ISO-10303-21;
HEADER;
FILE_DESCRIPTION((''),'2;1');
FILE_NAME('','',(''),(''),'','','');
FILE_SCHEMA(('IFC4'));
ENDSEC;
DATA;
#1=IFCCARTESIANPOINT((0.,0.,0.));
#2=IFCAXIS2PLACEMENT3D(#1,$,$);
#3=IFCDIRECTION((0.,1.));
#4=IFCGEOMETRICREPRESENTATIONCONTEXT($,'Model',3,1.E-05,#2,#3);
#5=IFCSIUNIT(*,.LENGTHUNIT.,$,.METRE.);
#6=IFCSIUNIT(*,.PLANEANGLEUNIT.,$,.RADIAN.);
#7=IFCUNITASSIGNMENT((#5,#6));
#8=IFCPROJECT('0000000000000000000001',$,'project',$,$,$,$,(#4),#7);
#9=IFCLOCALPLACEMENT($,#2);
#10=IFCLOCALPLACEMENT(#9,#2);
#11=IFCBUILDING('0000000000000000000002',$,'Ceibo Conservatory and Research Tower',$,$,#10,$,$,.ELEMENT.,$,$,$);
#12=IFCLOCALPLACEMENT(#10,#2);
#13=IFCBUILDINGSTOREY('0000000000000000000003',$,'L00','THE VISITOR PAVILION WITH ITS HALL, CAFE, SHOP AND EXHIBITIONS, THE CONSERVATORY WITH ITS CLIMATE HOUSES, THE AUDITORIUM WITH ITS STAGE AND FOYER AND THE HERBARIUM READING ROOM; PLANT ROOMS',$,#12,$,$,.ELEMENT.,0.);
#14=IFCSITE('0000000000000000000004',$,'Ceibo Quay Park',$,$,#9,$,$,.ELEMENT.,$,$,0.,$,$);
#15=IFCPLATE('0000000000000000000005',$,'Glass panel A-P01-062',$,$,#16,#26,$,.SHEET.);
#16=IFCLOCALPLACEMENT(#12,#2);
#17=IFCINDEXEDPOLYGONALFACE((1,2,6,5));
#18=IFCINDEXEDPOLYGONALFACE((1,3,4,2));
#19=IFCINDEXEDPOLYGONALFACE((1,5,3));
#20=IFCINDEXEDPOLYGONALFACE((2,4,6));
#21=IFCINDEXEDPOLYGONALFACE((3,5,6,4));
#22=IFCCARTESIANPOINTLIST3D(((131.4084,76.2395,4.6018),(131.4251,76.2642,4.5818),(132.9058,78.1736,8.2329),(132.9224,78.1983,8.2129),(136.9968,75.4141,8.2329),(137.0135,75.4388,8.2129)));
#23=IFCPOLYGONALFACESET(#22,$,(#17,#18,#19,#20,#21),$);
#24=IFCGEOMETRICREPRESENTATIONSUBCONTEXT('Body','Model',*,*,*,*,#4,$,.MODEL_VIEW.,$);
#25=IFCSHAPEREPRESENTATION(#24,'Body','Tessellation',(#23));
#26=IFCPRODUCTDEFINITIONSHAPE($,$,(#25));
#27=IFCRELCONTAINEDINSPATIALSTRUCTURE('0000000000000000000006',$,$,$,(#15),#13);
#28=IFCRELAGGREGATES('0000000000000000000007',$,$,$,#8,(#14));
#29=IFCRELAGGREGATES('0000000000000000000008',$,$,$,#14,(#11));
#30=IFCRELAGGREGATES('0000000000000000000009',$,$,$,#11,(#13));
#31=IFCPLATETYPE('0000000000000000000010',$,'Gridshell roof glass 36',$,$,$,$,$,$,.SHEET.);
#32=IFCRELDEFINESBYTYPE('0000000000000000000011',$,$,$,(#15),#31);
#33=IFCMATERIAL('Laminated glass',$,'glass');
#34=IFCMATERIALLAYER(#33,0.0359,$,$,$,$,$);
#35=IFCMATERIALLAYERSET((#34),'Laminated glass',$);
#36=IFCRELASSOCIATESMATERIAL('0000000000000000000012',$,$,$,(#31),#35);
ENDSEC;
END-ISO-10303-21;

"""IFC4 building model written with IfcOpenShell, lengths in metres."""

from ifc_helpers import new_model, si_unit, direction, frame, origin, place, context, subcontext, project, spatial, polyline, outline, extrude, material, layer, layer_set, type_object, element, save


model = new_model("IFC4")

# Units and contexts
model_context = context("Model", 3, precision=1e-05, world=origin(), true_north=direction((0.0, 1.0)))
body_context = subcontext(model_context, "Body", "Model", "MODEL_VIEW")
ifc_project = project(units=[si_unit("LENGTHUNIT", "METRE"), si_unit("PLANEANGLEUNIT", "RADIAN")], contexts=[model_context])

# Site, building, storey
site_placement = place(None, origin())
site = spatial("IfcSite", under=ifc_project, at=site_placement, Name="Ceibo Quay Park", CompositionType="ELEMENT", RefElevation=0.0)
building_placement = place(site_placement, origin())
building = spatial("IfcBuilding", under=site, at=building_placement, Name="Ceibo Conservatory and Research Tower", CompositionType="ELEMENT")
storey_placement = place(building_placement, origin())
storey = spatial("IfcBuildingStorey", under=building, at=storey_placement, Name="L00", Description="THE VISITOR PAVILION WITH ITS HALL, CAFE, SHOP AND EXHIBITIONS, THE CONSERVATORY WITH ITS CLIMATE HOUSES, THE AUDITORIUM WITH ITS STAGE AND FOYER AND THE HERBARIUM READING ROOM; PLANT ROOMS", CompositionType="ELEMENT", Elevation=0.0)

# Shared definitions
ifc_material_1 = material(Name="Laminated glass", Category="glass")

# Plate
ifc_layer_1 = layer(ifc_material_1, 0.0359)
ifc_layer_set_1 = layer_set([ifc_layer_1], Name="Laminated glass")
plate_type_1 = type_object("IfcPlateType", Name="Gridshell roof glass 36", PredefinedType="SHEET", material=ifc_layer_set_1)
plate_1_placement = place(storey_placement, frame((131.4084, 76.2395, 4.6018), z_axis=(-0.464102, -0.688044, 0.557858), x_axis=(0.832177, -0.122918, 0.540715)))
element("IfcPlate", 1, at=plate_1_placement, inside=storey, type_object=plate_type_1, Name="Glass panel A-P01-062", PredefinedType="SHEET", context=body_context, shape_type="SweptSolid", body=[
    extrude(outline(polyline([(0.0, 0.0), (6.7154, 0.0), (2.9717, 3.2151), (0.0, 0.0)])), origin(), (0.0, 0.0, -1.0), 0.0359),
])

save(model, "model.ifc")
